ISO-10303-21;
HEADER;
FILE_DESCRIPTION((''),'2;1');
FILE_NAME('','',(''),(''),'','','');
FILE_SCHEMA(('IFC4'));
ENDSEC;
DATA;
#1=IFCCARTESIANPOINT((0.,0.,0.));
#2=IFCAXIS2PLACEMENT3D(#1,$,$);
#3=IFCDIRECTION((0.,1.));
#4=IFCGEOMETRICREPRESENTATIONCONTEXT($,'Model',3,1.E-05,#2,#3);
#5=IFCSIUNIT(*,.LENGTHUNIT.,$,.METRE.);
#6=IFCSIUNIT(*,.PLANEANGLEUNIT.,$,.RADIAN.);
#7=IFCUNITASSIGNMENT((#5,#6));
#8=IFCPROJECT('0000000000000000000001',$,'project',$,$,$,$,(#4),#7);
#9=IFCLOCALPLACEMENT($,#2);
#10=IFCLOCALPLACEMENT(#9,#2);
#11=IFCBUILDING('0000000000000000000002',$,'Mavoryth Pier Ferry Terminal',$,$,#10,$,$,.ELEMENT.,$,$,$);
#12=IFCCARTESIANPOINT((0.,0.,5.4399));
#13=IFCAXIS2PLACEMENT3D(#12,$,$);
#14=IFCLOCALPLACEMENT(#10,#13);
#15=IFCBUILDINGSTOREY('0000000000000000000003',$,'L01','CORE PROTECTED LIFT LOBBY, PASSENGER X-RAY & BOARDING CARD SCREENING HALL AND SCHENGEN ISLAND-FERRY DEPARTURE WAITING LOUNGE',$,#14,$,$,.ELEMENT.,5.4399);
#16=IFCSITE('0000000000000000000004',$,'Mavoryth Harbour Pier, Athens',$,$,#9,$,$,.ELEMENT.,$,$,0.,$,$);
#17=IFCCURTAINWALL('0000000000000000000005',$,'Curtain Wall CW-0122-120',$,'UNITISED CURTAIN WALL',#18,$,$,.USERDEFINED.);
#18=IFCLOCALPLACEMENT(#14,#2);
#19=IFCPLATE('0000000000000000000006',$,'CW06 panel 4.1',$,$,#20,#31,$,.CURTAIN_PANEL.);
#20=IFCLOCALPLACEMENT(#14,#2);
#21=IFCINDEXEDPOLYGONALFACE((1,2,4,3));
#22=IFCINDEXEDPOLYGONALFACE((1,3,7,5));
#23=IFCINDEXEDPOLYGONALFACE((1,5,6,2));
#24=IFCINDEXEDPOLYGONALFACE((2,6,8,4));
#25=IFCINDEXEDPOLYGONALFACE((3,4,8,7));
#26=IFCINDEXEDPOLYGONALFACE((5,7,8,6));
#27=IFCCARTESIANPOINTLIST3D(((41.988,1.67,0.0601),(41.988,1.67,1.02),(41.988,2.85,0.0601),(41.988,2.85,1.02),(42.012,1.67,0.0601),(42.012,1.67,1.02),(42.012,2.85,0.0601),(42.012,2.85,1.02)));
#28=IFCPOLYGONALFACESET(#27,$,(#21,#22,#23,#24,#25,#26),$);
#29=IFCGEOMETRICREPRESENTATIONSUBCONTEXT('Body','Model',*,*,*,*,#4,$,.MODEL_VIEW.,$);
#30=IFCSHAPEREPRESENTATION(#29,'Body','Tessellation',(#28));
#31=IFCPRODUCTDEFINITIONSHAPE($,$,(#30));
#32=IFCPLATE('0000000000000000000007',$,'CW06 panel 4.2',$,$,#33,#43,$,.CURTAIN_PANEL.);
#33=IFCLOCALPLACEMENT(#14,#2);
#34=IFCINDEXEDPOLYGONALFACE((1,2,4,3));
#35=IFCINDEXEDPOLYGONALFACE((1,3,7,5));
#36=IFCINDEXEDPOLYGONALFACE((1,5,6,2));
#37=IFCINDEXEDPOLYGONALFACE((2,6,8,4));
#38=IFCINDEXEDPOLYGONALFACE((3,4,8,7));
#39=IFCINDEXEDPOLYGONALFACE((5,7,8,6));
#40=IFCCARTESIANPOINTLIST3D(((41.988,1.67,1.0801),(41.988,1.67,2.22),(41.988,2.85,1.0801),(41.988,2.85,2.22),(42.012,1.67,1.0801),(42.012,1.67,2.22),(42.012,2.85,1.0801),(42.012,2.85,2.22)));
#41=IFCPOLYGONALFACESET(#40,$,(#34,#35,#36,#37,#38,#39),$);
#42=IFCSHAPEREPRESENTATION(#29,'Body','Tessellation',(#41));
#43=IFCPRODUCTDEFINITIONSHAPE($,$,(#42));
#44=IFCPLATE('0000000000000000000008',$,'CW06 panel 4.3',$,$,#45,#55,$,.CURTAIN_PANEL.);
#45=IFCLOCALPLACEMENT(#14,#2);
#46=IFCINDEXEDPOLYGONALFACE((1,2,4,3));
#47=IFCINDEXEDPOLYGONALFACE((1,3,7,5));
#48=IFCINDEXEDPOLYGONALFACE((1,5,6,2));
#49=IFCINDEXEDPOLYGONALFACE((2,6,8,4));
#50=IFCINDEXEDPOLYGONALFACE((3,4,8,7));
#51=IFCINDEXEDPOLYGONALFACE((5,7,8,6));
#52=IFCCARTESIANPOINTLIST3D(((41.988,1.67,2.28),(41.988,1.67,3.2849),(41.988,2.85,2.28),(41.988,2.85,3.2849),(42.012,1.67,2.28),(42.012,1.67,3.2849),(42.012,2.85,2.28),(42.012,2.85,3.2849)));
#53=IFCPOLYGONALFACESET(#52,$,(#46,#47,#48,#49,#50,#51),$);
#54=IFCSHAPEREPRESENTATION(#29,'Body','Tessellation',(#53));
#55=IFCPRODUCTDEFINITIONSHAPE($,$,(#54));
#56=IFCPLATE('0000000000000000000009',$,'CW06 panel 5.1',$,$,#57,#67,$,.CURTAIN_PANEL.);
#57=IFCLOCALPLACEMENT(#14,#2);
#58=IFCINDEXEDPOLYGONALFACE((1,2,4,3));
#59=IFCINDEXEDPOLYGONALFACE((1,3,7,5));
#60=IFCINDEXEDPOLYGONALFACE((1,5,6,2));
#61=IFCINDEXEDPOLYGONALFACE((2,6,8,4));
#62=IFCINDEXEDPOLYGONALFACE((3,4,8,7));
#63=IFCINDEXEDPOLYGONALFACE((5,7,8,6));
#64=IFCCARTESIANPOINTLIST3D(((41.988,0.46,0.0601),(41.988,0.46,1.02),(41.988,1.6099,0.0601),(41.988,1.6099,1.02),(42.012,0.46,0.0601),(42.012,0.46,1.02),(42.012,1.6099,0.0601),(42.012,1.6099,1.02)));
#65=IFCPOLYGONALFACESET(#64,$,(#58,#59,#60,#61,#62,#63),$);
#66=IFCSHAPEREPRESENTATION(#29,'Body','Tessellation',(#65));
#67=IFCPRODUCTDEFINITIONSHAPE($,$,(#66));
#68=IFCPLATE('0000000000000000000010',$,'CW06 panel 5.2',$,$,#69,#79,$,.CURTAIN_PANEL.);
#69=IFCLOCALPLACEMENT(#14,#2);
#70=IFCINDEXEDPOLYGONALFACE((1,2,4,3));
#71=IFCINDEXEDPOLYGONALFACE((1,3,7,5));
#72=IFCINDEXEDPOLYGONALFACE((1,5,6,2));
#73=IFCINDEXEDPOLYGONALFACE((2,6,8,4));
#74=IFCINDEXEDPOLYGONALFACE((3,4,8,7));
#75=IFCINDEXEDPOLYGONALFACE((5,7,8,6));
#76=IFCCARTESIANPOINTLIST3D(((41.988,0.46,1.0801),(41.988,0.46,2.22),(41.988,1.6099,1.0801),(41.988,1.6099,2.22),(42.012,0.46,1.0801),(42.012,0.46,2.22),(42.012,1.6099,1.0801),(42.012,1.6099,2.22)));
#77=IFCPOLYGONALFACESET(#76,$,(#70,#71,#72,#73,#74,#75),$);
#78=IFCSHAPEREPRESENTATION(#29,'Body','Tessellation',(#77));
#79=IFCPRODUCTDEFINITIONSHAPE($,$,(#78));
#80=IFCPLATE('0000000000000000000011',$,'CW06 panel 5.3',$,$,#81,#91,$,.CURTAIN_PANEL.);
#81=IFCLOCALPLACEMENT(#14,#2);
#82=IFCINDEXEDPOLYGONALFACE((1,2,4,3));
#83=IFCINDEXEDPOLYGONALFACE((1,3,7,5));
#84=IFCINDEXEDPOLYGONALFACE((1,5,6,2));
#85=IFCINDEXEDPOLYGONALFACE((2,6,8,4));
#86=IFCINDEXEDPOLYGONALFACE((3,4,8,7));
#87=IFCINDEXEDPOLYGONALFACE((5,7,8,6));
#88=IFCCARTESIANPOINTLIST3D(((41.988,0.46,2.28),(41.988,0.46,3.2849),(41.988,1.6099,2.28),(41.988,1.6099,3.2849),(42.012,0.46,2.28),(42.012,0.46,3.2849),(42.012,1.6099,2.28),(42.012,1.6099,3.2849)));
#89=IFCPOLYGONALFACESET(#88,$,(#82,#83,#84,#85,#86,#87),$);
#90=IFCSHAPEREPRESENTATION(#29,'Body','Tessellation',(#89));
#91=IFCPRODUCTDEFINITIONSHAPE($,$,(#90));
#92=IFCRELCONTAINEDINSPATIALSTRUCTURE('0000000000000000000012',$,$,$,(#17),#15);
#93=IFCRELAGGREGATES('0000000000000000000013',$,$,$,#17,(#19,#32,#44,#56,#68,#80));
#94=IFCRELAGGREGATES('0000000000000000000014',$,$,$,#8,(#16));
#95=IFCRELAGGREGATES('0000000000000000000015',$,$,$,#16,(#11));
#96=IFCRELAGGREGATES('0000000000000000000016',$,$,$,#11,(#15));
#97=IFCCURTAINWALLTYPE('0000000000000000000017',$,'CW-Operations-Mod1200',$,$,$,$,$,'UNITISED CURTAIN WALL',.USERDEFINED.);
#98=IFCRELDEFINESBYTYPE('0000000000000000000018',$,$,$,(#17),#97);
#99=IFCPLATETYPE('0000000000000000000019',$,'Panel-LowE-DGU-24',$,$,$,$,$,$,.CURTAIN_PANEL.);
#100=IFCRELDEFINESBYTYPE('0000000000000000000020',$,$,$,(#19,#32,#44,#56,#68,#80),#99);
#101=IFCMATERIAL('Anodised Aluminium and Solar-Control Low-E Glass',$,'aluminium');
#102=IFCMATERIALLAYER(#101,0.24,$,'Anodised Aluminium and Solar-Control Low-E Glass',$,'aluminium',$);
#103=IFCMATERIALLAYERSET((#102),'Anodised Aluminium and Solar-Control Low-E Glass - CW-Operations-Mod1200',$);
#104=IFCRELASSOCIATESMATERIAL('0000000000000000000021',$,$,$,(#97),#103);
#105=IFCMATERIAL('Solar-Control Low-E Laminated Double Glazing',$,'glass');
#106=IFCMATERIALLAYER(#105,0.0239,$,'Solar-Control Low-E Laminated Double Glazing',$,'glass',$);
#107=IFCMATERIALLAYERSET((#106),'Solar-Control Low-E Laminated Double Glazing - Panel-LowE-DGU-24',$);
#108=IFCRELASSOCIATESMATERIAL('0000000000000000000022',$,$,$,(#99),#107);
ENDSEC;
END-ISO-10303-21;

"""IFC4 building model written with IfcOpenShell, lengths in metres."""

from ifc_helpers import new_model, si_unit, direction, frame, origin, origin_2d, place, context, subcontext, project, spatial, rectangle, extrude, material, layer, layer_set, type_object, element, aggregate, save


model = new_model("IFC4")

# Units and contexts
model_context = context("Model", 3, precision=1e-05, world=origin(), true_north=direction((0.0, 1.0)))
body_context = subcontext(model_context, "Body", "Model", "MODEL_VIEW")
ifc_project = project(units=[si_unit("LENGTHUNIT", "METRE"), si_unit("PLANEANGLEUNIT", "RADIAN")], contexts=[model_context])

# Site, building, storey
site_placement = place(None, origin())
site = spatial("IfcSite", under=ifc_project, at=site_placement, Name="Mavoryth Harbour Pier, Athens", CompositionType="ELEMENT", RefElevation=0.0)
building_placement = place(site_placement, origin())
building = spatial("IfcBuilding", under=site, at=building_placement, Name="Mavoryth Pier Ferry Terminal", CompositionType="ELEMENT")
storey_placement = place(building_placement, frame((0.0, 0.0, 5.4399)))
storey = spatial("IfcBuildingStorey", under=building, at=storey_placement, Name="L01", Description="CORE PROTECTED LIFT LOBBY, PASSENGER X-RAY & BOARDING CARD SCREENING HALL AND SCHENGEN ISLAND-FERRY DEPARTURE WAITING LOUNGE", CompositionType="ELEMENT", Elevation=5.4399)

# Curtain wall
ifc_material_1 = material(Name="Anodised Aluminium and Solar-Control Low-E Glass", Category="aluminium")
ifc_layer_1 = layer(ifc_material_1, 0.24, Name="Anodised Aluminium and Solar-Control Low-E Glass", Category="aluminium")
ifc_layer_set_1 = layer_set([ifc_layer_1], Name="Anodised Aluminium and Solar-Control Low-E Glass - CW-Operations-Mod1200")
curtain_wall_type = type_object("IfcCurtainWallType", Name="CW-Operations-Mod1200", ElementType="UNITISED CURTAIN WALL", PredefinedType="USERDEFINED", material=ifc_layer_set_1)
curtain_wall_placement = place(storey_placement, origin())
curtain_wall = element("IfcCurtainWall", 1, at=curtain_wall_placement, inside=storey, type_object=curtain_wall_type, Name="Curtain Wall CW-0122-120", ObjectType="UNITISED CURTAIN WALL", PredefinedType="USERDEFINED")

# Plates
ifc_material_2 = material(Name="Solar-Control Low-E Laminated Double Glazing", Category="glass")
ifc_layer_2 = layer(ifc_material_2, 0.0239, Name="Solar-Control Low-E Laminated Double Glazing", Category="glass")
ifc_layer_set_2 = layer_set([ifc_layer_2], Name="Solar-Control Low-E Laminated Double Glazing - Panel-LowE-DGU-24")
plate_type = type_object("IfcPlateType", Name="Panel-LowE-DGU-24", PredefinedType="CURTAIN_PANEL", material=ifc_layer_set_2)
plate_1_placement = place(storey_placement, frame((42.0, 2.26, 0.0601), z_axis=(0.0, 0.0, 1.0), x_axis=(0.0, -1.0, 0.0)))
plate_1 = element("IfcPlate", 2, at=plate_1_placement, type_object=plate_type, Name="CW06 panel 4.1", PredefinedType="CURTAIN_PANEL", context=body_context, shape_type="SweptSolid", body=[
    extrude(rectangle(XDim=1.1799, YDim=0.0239, at=origin_2d()), origin(), (0.0, 0.0, 1.0), 0.96),
])
plate_2_placement = place(storey_placement, frame((42.0, 2.26, 1.0801), z_axis=(0.0, 0.0, 1.0), x_axis=(0.0, -1.0, 0.0)))
plate_2 = element("IfcPlate", 3, at=plate_2_placement, type_object=plate_type, Name="CW06 panel 4.2", PredefinedType="CURTAIN_PANEL", context=body_context, shape_type="SweptSolid", body=[
    extrude(rectangle(XDim=1.1799, YDim=0.0239, at=origin_2d()), origin(), (0.0, 0.0, 1.0), 1.1399),
])
plate_3_placement = place(storey_placement, frame((42.0, 2.26, 2.28), z_axis=(0.0, 0.0, 1.0), x_axis=(0.0, -1.0, 0.0)))
plate_3 = element("IfcPlate", 4, at=plate_3_placement, type_object=plate_type, Name="CW06 panel 4.3", PredefinedType="CURTAIN_PANEL", context=body_context, shape_type="SweptSolid", body=[
    extrude(rectangle(XDim=1.1799, YDim=0.0239, at=origin_2d()), origin(), (0.0, 0.0, 1.0), 1.0049),
])
plate_4_placement = place(storey_placement, frame((42.0, 1.0349, 0.0601), z_axis=(0.0, 0.0, 1.0), x_axis=(0.0, -1.0, 0.0)))
plate_4 = element("IfcPlate", 5, at=plate_4_placement, type_object=plate_type, Name="CW06 panel 5.1", PredefinedType="CURTAIN_PANEL", context=body_context, shape_type="SweptSolid", body=[
    extrude(rectangle(XDim=1.1499, YDim=0.0239, at=origin_2d()), origin(), (0.0, 0.0, 1.0), 0.96),
])
plate_5_placement = place(storey_placement, frame((42.0, 1.0349, 1.0801), z_axis=(0.0, 0.0, 1.0), x_axis=(0.0, -1.0, 0.0)))
plate_5 = element("IfcPlate", 6, at=plate_5_placement, type_object=plate_type, Name="CW06 panel 5.2", PredefinedType="CURTAIN_PANEL", context=body_context, shape_type="SweptSolid", body=[
    extrude(rectangle(XDim=1.1499, YDim=0.0239, at=origin_2d()), origin(), (0.0, 0.0, 1.0), 1.1399),
])
plate_6_placement = place(storey_placement, frame((42.0, 1.0349, 2.28), z_axis=(0.0, 0.0, 1.0), x_axis=(0.0, -1.0, 0.0)))
plate_6 = element("IfcPlate", 7, at=plate_6_placement, type_object=plate_type, Name="CW06 panel 5.3", PredefinedType="CURTAIN_PANEL", context=body_context, shape_type="SweptSolid", body=[
    extrude(rectangle(XDim=1.1499, YDim=0.0239, at=origin_2d()), origin(), (0.0, 0.0, 1.0), 1.0049),
])
aggregate(curtain_wall, [plate_1, plate_2, plate_3, plate_4, plate_5, plate_6])

save(model, "model.ifc")
